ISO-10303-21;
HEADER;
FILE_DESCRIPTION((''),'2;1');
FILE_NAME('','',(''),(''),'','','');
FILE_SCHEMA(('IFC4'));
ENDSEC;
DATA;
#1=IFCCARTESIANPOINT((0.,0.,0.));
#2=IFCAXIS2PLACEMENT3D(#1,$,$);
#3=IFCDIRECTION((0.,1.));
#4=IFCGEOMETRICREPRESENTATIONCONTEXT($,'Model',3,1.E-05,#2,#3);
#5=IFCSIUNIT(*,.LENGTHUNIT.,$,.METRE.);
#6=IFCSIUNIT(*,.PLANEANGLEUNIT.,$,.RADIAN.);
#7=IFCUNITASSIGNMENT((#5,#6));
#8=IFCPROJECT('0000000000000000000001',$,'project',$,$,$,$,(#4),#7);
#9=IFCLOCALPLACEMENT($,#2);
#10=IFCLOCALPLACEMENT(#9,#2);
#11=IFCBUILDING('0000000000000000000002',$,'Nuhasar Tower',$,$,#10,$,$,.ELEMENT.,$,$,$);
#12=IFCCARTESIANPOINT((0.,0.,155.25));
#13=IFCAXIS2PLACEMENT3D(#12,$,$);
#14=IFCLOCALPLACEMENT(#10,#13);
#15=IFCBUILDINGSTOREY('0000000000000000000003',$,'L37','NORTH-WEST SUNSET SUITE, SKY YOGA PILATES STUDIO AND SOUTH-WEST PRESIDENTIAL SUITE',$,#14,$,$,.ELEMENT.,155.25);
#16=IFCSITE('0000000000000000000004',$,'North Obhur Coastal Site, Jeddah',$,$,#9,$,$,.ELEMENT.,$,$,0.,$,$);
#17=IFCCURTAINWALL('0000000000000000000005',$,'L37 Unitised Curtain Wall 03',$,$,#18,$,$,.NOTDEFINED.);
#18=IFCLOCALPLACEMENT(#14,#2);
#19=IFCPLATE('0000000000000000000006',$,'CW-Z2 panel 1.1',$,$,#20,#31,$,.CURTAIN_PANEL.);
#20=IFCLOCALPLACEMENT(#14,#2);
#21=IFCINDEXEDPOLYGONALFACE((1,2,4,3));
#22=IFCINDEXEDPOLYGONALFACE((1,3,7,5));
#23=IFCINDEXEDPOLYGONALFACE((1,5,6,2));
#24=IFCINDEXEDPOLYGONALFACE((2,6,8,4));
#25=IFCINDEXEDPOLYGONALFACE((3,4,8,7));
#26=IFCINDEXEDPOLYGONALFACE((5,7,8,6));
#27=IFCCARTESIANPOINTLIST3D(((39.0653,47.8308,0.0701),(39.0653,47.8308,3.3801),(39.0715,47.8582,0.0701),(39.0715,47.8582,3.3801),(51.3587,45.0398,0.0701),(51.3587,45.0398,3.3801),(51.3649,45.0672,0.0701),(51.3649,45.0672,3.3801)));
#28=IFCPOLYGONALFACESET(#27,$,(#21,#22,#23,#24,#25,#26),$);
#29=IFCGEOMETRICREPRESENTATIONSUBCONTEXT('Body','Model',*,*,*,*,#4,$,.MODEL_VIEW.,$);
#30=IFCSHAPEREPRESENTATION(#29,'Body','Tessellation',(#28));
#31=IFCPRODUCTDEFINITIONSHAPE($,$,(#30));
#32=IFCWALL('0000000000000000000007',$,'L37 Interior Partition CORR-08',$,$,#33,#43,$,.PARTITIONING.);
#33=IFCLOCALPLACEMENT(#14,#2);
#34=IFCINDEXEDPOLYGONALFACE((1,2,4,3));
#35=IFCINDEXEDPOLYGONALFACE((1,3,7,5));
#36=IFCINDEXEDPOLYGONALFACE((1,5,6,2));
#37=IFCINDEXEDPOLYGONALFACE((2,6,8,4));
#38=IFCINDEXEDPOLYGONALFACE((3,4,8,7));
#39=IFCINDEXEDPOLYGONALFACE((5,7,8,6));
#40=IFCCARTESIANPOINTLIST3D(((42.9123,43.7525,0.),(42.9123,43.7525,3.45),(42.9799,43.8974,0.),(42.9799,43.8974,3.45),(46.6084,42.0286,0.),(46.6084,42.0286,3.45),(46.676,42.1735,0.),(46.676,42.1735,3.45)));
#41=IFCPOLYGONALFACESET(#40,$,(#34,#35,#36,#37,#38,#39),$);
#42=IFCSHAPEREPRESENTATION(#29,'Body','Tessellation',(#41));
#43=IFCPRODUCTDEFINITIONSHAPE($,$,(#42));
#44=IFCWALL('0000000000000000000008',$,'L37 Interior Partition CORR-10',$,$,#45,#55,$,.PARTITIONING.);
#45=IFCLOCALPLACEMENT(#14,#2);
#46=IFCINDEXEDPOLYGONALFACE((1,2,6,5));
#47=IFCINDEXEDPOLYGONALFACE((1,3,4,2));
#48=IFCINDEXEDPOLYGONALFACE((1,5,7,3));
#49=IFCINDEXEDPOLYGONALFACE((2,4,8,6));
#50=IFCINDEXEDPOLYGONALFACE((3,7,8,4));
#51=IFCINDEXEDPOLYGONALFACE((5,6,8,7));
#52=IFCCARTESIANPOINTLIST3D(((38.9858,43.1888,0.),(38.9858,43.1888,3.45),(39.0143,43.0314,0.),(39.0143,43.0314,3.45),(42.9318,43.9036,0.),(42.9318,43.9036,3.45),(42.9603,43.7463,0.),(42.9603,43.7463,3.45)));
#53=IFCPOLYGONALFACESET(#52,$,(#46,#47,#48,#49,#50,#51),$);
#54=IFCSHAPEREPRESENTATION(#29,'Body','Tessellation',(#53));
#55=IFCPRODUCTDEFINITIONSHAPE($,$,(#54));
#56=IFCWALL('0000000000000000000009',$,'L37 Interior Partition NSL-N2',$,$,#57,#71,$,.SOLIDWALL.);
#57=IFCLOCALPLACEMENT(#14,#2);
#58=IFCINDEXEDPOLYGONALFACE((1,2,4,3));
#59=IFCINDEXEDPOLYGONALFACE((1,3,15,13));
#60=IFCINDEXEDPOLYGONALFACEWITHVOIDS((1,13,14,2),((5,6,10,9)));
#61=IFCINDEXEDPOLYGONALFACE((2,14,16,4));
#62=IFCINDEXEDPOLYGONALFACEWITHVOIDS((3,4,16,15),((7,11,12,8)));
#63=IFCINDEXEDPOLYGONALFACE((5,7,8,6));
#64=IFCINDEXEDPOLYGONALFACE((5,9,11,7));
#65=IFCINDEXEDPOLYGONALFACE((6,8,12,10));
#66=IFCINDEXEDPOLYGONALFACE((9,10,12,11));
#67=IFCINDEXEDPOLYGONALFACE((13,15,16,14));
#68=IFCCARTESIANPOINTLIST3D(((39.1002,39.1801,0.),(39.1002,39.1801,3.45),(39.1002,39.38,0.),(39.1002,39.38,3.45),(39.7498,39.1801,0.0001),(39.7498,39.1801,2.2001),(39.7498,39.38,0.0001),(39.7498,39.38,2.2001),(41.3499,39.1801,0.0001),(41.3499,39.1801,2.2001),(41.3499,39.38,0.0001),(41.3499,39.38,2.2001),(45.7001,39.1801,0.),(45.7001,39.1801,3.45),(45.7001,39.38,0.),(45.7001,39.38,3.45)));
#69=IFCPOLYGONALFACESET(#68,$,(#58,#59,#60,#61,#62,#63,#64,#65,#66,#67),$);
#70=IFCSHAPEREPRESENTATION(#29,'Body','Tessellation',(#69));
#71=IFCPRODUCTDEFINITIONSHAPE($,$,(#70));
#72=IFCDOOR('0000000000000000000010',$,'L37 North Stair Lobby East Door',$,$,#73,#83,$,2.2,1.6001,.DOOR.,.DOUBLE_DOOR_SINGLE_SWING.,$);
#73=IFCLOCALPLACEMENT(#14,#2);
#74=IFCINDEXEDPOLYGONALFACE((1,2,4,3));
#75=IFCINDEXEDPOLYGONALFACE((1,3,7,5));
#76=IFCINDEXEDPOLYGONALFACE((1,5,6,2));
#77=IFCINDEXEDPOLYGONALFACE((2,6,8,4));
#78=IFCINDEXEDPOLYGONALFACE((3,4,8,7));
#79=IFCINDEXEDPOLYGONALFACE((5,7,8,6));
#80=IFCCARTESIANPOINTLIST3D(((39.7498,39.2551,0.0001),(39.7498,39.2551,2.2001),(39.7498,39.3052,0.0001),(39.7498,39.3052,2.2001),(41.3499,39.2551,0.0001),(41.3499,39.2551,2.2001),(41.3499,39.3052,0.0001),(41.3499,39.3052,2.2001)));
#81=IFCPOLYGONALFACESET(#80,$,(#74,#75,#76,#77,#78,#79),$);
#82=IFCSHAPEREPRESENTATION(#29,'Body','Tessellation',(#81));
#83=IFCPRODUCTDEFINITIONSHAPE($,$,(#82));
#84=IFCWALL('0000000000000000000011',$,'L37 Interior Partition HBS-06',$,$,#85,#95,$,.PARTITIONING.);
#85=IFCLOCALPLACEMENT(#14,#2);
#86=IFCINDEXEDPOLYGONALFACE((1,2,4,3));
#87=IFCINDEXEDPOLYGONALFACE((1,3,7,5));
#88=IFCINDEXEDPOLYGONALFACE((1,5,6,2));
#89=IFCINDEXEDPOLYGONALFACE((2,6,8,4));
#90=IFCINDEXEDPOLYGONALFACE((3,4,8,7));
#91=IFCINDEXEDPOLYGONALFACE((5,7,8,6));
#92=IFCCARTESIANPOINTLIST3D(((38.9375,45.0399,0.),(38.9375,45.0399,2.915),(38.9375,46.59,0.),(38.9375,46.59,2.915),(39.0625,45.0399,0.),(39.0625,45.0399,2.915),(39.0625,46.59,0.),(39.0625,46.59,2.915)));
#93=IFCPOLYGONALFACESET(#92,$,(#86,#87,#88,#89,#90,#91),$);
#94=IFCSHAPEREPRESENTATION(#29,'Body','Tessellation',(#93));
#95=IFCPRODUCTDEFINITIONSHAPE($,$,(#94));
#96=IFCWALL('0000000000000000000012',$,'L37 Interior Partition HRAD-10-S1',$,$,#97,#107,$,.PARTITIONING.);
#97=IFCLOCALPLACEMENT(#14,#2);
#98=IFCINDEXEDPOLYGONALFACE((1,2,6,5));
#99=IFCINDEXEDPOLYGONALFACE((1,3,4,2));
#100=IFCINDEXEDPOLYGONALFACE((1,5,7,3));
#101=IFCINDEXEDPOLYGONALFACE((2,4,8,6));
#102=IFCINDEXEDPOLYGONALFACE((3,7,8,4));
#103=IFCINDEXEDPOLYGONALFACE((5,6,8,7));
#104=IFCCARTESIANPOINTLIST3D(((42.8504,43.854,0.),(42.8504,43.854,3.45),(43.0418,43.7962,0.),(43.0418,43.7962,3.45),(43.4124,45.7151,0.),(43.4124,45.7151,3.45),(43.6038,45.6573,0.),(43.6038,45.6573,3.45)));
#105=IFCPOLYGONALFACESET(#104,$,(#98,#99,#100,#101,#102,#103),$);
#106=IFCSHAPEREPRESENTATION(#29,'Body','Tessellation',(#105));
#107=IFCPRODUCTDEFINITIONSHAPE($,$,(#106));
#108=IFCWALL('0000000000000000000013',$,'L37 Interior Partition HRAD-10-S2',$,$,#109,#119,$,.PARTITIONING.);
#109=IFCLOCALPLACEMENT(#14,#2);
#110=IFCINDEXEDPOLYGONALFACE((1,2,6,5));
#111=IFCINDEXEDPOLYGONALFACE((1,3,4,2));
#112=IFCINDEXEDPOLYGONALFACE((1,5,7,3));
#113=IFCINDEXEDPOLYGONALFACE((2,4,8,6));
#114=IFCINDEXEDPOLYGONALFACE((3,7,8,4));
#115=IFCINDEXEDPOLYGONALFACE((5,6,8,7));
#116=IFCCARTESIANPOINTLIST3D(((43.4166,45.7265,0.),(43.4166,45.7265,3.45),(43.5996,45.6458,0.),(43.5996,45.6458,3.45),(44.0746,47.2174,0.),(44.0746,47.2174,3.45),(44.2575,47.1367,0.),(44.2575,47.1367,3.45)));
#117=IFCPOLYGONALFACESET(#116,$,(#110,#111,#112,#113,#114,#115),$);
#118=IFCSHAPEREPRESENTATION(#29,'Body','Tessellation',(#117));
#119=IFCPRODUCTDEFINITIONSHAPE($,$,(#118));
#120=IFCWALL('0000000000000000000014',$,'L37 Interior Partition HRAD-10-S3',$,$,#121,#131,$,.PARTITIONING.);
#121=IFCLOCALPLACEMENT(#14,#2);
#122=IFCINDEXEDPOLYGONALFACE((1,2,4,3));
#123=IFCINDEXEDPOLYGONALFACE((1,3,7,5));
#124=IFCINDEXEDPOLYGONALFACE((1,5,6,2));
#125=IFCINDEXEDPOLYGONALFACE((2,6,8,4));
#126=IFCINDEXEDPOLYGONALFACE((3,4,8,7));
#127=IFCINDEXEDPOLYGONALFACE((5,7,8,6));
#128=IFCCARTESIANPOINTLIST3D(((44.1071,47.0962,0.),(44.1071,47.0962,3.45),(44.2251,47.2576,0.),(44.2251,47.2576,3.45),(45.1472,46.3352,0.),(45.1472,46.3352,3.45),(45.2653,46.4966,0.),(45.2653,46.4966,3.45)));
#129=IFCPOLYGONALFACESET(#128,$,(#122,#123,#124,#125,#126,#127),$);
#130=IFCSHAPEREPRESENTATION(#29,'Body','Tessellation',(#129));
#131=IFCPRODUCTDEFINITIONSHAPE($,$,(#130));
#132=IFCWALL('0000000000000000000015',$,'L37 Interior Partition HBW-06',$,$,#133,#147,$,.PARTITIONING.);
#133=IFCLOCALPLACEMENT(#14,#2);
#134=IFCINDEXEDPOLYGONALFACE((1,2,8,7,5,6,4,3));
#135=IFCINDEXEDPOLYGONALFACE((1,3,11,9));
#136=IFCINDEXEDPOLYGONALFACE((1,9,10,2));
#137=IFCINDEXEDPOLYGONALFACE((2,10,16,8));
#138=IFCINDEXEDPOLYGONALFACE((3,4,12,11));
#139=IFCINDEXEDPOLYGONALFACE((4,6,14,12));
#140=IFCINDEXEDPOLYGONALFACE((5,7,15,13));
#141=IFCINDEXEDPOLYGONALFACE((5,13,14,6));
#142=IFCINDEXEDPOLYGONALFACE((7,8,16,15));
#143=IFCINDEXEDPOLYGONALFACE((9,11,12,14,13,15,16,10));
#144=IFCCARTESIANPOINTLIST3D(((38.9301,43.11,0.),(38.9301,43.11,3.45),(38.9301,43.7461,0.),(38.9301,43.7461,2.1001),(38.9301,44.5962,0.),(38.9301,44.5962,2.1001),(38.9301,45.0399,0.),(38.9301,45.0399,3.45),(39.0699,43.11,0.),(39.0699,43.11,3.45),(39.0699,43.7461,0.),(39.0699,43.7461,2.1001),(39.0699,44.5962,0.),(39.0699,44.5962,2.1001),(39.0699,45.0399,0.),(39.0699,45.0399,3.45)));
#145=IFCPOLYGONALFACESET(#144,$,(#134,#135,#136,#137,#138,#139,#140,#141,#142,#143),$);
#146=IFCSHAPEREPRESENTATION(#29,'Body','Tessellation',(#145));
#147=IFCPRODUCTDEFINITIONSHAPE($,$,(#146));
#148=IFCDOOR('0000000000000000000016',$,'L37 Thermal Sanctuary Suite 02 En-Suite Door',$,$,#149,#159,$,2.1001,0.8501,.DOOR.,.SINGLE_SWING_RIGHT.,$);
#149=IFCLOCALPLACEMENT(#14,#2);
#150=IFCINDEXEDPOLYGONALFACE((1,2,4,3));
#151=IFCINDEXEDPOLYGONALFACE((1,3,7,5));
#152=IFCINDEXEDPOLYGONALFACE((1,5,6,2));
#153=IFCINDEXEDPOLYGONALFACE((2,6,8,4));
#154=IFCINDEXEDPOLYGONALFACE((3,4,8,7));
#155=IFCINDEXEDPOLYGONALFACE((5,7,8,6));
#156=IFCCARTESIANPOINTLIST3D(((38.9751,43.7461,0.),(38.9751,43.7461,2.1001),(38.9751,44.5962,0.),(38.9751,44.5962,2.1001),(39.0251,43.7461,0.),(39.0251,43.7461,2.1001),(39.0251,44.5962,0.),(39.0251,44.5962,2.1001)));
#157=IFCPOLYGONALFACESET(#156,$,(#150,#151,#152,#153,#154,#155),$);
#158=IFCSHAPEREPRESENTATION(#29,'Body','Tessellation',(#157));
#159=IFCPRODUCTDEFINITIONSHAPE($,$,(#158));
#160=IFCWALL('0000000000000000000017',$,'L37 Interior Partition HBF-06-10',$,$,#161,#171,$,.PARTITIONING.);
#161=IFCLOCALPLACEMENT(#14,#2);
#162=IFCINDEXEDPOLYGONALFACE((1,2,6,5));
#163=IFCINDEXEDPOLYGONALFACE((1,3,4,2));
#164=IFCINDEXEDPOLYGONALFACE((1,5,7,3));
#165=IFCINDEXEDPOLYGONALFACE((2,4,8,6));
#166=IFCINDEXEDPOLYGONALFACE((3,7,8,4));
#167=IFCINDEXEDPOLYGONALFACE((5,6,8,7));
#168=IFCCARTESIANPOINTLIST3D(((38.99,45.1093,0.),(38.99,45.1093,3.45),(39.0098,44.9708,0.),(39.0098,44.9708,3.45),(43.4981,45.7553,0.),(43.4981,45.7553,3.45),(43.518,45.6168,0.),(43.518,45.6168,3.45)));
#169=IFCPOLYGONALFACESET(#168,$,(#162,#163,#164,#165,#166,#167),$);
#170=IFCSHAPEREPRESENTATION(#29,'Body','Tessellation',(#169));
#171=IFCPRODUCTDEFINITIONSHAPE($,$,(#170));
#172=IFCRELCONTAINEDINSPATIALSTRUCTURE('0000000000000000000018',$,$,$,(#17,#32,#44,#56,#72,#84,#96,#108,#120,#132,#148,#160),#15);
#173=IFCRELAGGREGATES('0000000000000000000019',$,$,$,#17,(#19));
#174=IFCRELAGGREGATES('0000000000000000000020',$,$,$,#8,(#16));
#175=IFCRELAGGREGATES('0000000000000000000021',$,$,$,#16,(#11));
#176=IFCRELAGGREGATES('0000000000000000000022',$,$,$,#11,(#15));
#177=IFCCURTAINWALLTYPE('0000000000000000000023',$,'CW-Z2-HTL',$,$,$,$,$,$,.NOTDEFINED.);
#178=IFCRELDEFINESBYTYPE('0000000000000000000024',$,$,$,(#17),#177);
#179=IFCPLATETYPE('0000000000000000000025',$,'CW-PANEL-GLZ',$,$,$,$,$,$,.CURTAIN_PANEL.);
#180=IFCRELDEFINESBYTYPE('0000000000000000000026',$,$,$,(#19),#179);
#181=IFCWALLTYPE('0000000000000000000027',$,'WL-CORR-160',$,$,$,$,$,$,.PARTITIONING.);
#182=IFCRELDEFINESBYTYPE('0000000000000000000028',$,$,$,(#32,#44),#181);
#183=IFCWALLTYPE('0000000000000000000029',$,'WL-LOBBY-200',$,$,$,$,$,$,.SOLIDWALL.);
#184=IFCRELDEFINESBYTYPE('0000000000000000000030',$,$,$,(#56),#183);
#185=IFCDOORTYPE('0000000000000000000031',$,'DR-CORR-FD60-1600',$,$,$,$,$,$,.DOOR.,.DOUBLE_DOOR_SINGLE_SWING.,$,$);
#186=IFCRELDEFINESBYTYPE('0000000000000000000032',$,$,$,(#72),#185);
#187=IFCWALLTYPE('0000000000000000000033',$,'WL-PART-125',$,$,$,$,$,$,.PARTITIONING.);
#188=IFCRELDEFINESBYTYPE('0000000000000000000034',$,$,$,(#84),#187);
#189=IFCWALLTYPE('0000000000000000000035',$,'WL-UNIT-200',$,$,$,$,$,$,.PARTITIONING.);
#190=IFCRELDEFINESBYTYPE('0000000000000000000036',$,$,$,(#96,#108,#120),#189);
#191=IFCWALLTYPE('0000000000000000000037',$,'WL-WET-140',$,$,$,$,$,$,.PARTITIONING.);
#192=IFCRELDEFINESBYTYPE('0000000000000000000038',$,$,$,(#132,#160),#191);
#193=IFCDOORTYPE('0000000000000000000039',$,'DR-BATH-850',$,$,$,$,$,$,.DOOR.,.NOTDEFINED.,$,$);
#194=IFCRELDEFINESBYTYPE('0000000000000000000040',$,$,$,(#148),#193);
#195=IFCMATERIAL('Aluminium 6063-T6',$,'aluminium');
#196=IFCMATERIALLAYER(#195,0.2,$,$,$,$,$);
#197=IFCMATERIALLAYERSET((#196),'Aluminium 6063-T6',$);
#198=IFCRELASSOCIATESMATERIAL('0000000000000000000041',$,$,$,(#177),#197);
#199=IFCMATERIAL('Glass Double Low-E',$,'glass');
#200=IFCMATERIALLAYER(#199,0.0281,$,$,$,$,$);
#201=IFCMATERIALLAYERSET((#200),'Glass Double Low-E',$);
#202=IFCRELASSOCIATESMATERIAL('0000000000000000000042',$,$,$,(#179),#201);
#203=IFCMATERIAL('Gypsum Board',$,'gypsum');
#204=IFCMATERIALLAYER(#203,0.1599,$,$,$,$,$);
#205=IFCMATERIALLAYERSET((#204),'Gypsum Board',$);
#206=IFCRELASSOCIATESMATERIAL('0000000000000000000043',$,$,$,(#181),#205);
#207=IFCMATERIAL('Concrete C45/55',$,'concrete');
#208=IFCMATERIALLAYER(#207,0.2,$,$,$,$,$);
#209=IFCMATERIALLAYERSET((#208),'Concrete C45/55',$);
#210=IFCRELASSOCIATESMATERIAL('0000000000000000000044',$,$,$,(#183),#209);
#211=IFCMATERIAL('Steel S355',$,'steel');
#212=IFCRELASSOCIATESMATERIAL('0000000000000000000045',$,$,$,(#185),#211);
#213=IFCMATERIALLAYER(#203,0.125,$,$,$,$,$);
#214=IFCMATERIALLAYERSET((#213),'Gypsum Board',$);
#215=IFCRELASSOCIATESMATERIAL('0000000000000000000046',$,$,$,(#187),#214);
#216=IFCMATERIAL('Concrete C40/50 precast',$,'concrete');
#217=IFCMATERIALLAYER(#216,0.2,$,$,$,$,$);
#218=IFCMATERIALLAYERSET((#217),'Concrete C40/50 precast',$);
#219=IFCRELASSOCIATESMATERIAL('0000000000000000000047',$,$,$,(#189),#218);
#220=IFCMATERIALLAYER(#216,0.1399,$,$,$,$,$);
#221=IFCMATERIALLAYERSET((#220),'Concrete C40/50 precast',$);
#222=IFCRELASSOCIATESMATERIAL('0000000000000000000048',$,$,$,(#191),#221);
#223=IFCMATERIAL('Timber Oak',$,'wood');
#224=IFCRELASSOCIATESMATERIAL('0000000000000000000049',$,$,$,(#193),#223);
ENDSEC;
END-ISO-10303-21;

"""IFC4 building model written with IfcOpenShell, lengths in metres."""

from ifc_helpers import new_model, si_unit, direction, frame, frame_2d, origin, origin_2d, place, context, subcontext, project, spatial, rectangle, extrude, material, layer, layer_set, type_object, element, fill, aggregate, save


model = new_model("IFC4")

# Units and contexts
model_context = context("Model", 3, precision=1e-05, world=origin(), true_north=direction((0.0, 1.0)))
body_context = subcontext(model_context, "Body", "Model", "MODEL_VIEW")
ifc_project = project(units=[si_unit("LENGTHUNIT", "METRE"), si_unit("PLANEANGLEUNIT", "RADIAN")], contexts=[model_context])

# Site, building, storey
site_placement = place(None, origin())
site = spatial("IfcSite", under=ifc_project, at=site_placement, Name="North Obhur Coastal Site, Jeddah", CompositionType="ELEMENT", RefElevation=0.0)
building_placement = place(site_placement, origin())
building = spatial("IfcBuilding", under=site, at=building_placement, Name="Nuhasar Tower", CompositionType="ELEMENT")
storey_placement = place(building_placement, frame((0.0, 0.0, 155.25)))
storey = spatial("IfcBuildingStorey", under=building, at=storey_placement, Name="L37", Description="NORTH-WEST SUNSET SUITE, SKY YOGA PILATES STUDIO AND SOUTH-WEST PRESIDENTIAL SUITE", CompositionType="ELEMENT", Elevation=155.25)

# Shared definitions
ifc_material_1 = material(Name="Steel S355", Category="steel")

# Curtain wall
ifc_material_2 = material(Name="Aluminium 6063-T6", Category="aluminium")
ifc_layer_1 = layer(ifc_material_2, 0.2)
ifc_layer_set_1 = layer_set([ifc_layer_1], Name="Aluminium 6063-T6")
curtain_wall_type = type_object("IfcCurtainWallType", Name="CW-Z2-HTL", PredefinedType="NOTDEFINED", material=ifc_layer_set_1)
curtain_wall_1_placement = place(storey_placement, origin())
curtain_wall_1 = element("IfcCurtainWall", 1, at=curtain_wall_1_placement, inside=storey, type_object=curtain_wall_type, Name="L37 Unitised Curtain Wall 03", PredefinedType="NOTDEFINED")

# Plate
ifc_material_3 = material(Name="Glass Double Low-E", Category="glass")
ifc_layer_2 = layer(ifc_material_3, 0.0281)
ifc_layer_set_2 = layer_set([ifc_layer_2], Name="Glass Double Low-E")
plate_type = type_object("IfcPlateType", Name="CW-PANEL-GLZ", PredefinedType="CURTAIN_PANEL", material=ifc_layer_set_2)
plate_placement = place(storey_placement, frame((45.2151, 46.449, 0.0701), z_axis=(0.0, 0.0, 1.0), x_axis=(-0.975184, 0.221397, 0.0)))
plate = element("IfcPlate", 2, at=plate_placement, type_object=plate_type, Name="CW-Z2 panel 1.1", PredefinedType="CURTAIN_PANEL", context=body_context, shape_type="SweptSolid", body=[
    extrude(rectangle(XDim=12.6062, YDim=0.0281, at=origin_2d()), origin(), (0.0, 0.0, 1.0), 3.3101),
])
aggregate(curtain_wall_1, [plate])

# Shared definitions
ifc_material_4 = material(Name="Gypsum Board", Category="gypsum")
ifc_layer_3 = layer(ifc_material_4, 0.1599)
ifc_layer_set_3 = layer_set([ifc_layer_3], Name="Gypsum Board")
wall_type_1 = type_object("IfcWallType", Name="WL-CORR-160", PredefinedType="PARTITIONING", material=ifc_layer_set_3)
ifc_material_5 = material(Name="Timber Oak", Category="wood")

# Walls
wall_1_placement = place(storey_placement, frame((46.6421, 42.1011, 0.0), z_axis=(0.0, 0.0, 1.0), x_axis=(-0.906272, 0.422695, 0.0)))
element("IfcWall", 3, at=wall_1_placement, inside=storey, type_object=wall_type_1, Name="L37 Interior Partition CORR-08", PredefinedType="PARTITIONING", context=body_context, shape_type="SweptSolid", body=[
    extrude(rectangle(XDim=4.0784, YDim=0.1599, at=frame_2d((2.0391, 0.0))), origin(), (0.0, 0.0, 1.0), 3.45),
])
wall_2_placement = place(storey_placement, frame((42.946, 43.825, 0.0), z_axis=(0.0, 0.0, 1.0), x_axis=(-0.983985, -0.178253, 0.0)))
element("IfcWall", 4, at=wall_2_placement, inside=storey, type_object=wall_type_1, Name="L37 Interior Partition CORR-10", PredefinedType="PARTITIONING", context=body_context, shape_type="SweptSolid", body=[
    extrude(rectangle(XDim=4.0103, YDim=0.1599, at=frame_2d((2.0051, 0.0))), origin(), (0.0, 0.0, 1.0), 3.45),
])

# Wall, opening, door
ifc_material_6 = material(Name="Concrete C45/55", Category="concrete")
ifc_layer_4 = layer(ifc_material_6, 0.2)
ifc_layer_set_4 = layer_set([ifc_layer_4], Name="Concrete C45/55")
wall_type_2 = type_object("IfcWallType", Name="WL-LOBBY-200", PredefinedType="SOLIDWALL", material=ifc_layer_set_4)
wall_3_placement = place(storey_placement, frame((45.7, 39.28, 0.0), z_axis=(0.0, 0.0, 1.0), x_axis=(-1.0, 0.0, 0.0)))
wall_3 = element("IfcWall", 5, at=wall_3_placement, inside=storey, type_object=wall_type_2, Name="L37 Interior Partition NSL-N2", PredefinedType="SOLIDWALL", context=body_context, shape_type="SweptSolid", body=[
    extrude(rectangle(XDim=6.5999, YDim=0.2, at=frame_2d((3.2998, 0.0))), origin(), (0.0, 0.0, 1.0), 3.45),
])
opening_1_placement = place(wall_3_placement, frame((4.3501, 0.0, 0.0)))
opening_1 = element("IfcOpeningElement", 6, at=opening_1_placement, cuts=wall_3, PredefinedType="OPENING", context=body_context, shape_type="SweptSolid", body=[
    extrude(rectangle(XDim=1.6001, YDim=2.2, at=frame_2d((0.8, 1.1001))), frame((0.0, 0.1099, 0.0), z_axis=(0.0, -1.0, 0.0), x_axis=(1.0, 0.0, 0.0)), (0.0, 0.0, 1.0), 0.22),
])
door_type_1 = type_object("IfcDoorType", Name="DR-CORR-FD60-1600", OperationType="DOUBLE_DOOR_SINGLE_SWING", PredefinedType="DOOR", material=ifc_material_1)
door_1_placement = place(opening_1_placement, origin())
door_1 = element("IfcDoor", 7, at=door_1_placement, inside=storey, type_object=door_type_1, Name="L37 North Stair Lobby East Door", OperationType="DOUBLE_DOOR_SINGLE_SWING", OverallHeight=2.2, OverallWidth=1.6001, PredefinedType="DOOR", context=body_context, shape_type="SweptSolid", body=[
    extrude(rectangle(XDim=1.6001, YDim=2.2, at=frame_2d((0.8, 1.1001))), frame((0.0, 0.0249, 0.0), z_axis=(0.0, -1.0, 0.0), x_axis=(1.0, 0.0, 0.0)), (0.0, 0.0, 1.0), 0.05),
])
fill(opening_1, door_1)

# Walls
ifc_layer_5 = layer(ifc_material_4, 0.125)
ifc_layer_set_5 = layer_set([ifc_layer_5], Name="Gypsum Board")
wall_type_3 = type_object("IfcWallType", Name="WL-PART-125", PredefinedType="PARTITIONING", material=ifc_layer_set_5)
wall_4_placement = place(storey_placement, frame((39.0, 45.04, 0.0), z_axis=(0.0, 0.0, 1.0), x_axis=(0.0, 1.0, 0.0)))
element("IfcWall", 8, at=wall_4_placement, inside=storey, type_object=wall_type_3, Name="L37 Interior Partition HBS-06", PredefinedType="PARTITIONING", context=body_context, shape_type="SweptSolid", body=[
    extrude(rectangle(XDim=1.55, YDim=0.125, at=frame_2d((0.7749, 0.0))), origin(), (0.0, 0.0, 1.0), 2.915),
])
ifc_material_7 = material(Name="Concrete C40/50 precast", Category="concrete")
ifc_layer_6 = layer(ifc_material_7, 0.2)
ifc_layer_set_6 = layer_set([ifc_layer_6], Name="Concrete C40/50 precast")
wall_type_4 = type_object("IfcWallType", Name="WL-UNIT-200", PredefinedType="PARTITIONING", material=ifc_layer_set_6)
wall_5_placement = place(storey_placement, frame((42.946, 43.825, 0.0), z_axis=(0.0, 0.0, 1.0), x_axis=(0.289087, 0.957303, 0.0)))
element("IfcWall", 9, at=wall_5_placement, inside=storey, type_object=wall_type_4, Name="L37 Interior Partition HRAD-10-S1", PredefinedType="PARTITIONING", context=body_context, shape_type="SweptSolid", body=[
    extrude(rectangle(XDim=1.9441, YDim=0.2, at=frame_2d((0.9722, 0.0))), origin(), (0.0, 0.0, 1.0), 3.45),
])
wall_6_placement = place(storey_placement, frame((43.5081, 45.686, 0.0), z_axis=(0.0, 0.0, 1.0), x_axis=(0.403732, 0.914877, 0.0)))
element("IfcWall", 10, at=wall_6_placement, inside=storey, type_object=wall_type_4, Name="L37 Interior Partition HRAD-10-S2", PredefinedType="PARTITIONING", context=body_context, shape_type="SweptSolid", body=[
    extrude(rectangle(XDim=1.6296, YDim=0.2, at=frame_2d((0.8149, 0.0))), origin(), (0.0, 0.0, 1.0), 3.45),
])
wall_7_placement = place(storey_placement, frame((44.166, 47.177, 0.0), z_axis=(0.0, 0.0, 1.0), x_axis=(0.807037, -0.590501, 0.0)))
element("IfcWall", 11, at=wall_7_placement, inside=storey, type_object=wall_type_4, Name="L37 Interior Partition HRAD-10-S3", PredefinedType="PARTITIONING", context=body_context, shape_type="SweptSolid", body=[
    extrude(rectangle(XDim=1.2888, YDim=0.2, at=frame_2d((0.6445, 0.0))), origin(), (0.0, 0.0, 1.0), 3.45),
])

# Wall, opening, door
ifc_layer_7 = layer(ifc_material_7, 0.1399)
ifc_layer_set_7 = layer_set([ifc_layer_7], Name="Concrete C40/50 precast")
wall_type_5 = type_object("IfcWallType", Name="WL-WET-140", PredefinedType="PARTITIONING", material=ifc_layer_set_7)
wall_8_placement = place(storey_placement, frame((39.0, 43.1101, 0.0), z_axis=(0.0, 0.0, 1.0), x_axis=(0.0, 1.0, 0.0)))
wall_8 = element("IfcWall", 12, at=wall_8_placement, inside=storey, type_object=wall_type_5, Name="L37 Interior Partition HBW-06", PredefinedType="PARTITIONING", context=body_context, shape_type="SweptSolid", body=[
    extrude(rectangle(XDim=1.9299, YDim=0.1399, at=frame_2d((0.9648, 0.0))), origin(), (0.0, 0.0, 1.0), 3.45),
])
opening_2_placement = place(wall_8_placement, frame((0.636, 0.0, 0.0)))
opening_2 = element("IfcOpeningElement", 13, at=opening_2_placement, cuts=wall_8, PredefinedType="OPENING", context=body_context, shape_type="SweptSolid", body=[
    extrude(rectangle(XDim=0.8501, YDim=2.1001, at=frame_2d((0.425, 1.05))), frame((0.0, 0.0801, 0.0), z_axis=(0.0, -1.0, 0.0), x_axis=(1.0, 0.0, 0.0)), (0.0, 0.0, 1.0), 0.1599),
])
door_type_2 = type_object("IfcDoorType", Name="DR-BATH-850", OperationType="NOTDEFINED", PredefinedType="DOOR", material=ifc_material_5)
door_2_placement = place(opening_2_placement, origin())
door_2 = element("IfcDoor", 14, at=door_2_placement, inside=storey, type_object=door_type_2, Name="L37 Thermal Sanctuary Suite 02 En-Suite Door", OperationType="SINGLE_SWING_RIGHT", OverallHeight=2.1001, OverallWidth=0.8501, PredefinedType="DOOR", context=body_context, shape_type="SweptSolid", body=[
    extrude(rectangle(XDim=0.8501, YDim=2.1001, at=frame_2d((0.425, 1.05))), frame((0.0, 0.0249, 0.0), z_axis=(0.0, -1.0, 0.0), x_axis=(1.0, 0.0, 0.0)), (0.0, 0.0, 1.0), 0.05),
])
fill(opening_2, door_2)

# Wall
wall_9_placement = place(storey_placement, frame((43.5081, 45.686, 0.0), z_axis=(0.0, 0.0, 1.0), x_axis=(-0.989888, -0.141849, 0.0)))
element("IfcWall", 15, at=wall_9_placement, inside=storey, type_object=wall_type_5, Name="L37 Interior Partition HBF-06-10", PredefinedType="PARTITIONING", context=body_context, shape_type="SweptSolid", body=[
    extrude(rectangle(XDim=4.5542, YDim=0.1399, at=frame_2d((2.2771, 0.0))), origin(), (0.0, 0.0, 1.0), 3.45),
])

save(model, "model.ifc")
